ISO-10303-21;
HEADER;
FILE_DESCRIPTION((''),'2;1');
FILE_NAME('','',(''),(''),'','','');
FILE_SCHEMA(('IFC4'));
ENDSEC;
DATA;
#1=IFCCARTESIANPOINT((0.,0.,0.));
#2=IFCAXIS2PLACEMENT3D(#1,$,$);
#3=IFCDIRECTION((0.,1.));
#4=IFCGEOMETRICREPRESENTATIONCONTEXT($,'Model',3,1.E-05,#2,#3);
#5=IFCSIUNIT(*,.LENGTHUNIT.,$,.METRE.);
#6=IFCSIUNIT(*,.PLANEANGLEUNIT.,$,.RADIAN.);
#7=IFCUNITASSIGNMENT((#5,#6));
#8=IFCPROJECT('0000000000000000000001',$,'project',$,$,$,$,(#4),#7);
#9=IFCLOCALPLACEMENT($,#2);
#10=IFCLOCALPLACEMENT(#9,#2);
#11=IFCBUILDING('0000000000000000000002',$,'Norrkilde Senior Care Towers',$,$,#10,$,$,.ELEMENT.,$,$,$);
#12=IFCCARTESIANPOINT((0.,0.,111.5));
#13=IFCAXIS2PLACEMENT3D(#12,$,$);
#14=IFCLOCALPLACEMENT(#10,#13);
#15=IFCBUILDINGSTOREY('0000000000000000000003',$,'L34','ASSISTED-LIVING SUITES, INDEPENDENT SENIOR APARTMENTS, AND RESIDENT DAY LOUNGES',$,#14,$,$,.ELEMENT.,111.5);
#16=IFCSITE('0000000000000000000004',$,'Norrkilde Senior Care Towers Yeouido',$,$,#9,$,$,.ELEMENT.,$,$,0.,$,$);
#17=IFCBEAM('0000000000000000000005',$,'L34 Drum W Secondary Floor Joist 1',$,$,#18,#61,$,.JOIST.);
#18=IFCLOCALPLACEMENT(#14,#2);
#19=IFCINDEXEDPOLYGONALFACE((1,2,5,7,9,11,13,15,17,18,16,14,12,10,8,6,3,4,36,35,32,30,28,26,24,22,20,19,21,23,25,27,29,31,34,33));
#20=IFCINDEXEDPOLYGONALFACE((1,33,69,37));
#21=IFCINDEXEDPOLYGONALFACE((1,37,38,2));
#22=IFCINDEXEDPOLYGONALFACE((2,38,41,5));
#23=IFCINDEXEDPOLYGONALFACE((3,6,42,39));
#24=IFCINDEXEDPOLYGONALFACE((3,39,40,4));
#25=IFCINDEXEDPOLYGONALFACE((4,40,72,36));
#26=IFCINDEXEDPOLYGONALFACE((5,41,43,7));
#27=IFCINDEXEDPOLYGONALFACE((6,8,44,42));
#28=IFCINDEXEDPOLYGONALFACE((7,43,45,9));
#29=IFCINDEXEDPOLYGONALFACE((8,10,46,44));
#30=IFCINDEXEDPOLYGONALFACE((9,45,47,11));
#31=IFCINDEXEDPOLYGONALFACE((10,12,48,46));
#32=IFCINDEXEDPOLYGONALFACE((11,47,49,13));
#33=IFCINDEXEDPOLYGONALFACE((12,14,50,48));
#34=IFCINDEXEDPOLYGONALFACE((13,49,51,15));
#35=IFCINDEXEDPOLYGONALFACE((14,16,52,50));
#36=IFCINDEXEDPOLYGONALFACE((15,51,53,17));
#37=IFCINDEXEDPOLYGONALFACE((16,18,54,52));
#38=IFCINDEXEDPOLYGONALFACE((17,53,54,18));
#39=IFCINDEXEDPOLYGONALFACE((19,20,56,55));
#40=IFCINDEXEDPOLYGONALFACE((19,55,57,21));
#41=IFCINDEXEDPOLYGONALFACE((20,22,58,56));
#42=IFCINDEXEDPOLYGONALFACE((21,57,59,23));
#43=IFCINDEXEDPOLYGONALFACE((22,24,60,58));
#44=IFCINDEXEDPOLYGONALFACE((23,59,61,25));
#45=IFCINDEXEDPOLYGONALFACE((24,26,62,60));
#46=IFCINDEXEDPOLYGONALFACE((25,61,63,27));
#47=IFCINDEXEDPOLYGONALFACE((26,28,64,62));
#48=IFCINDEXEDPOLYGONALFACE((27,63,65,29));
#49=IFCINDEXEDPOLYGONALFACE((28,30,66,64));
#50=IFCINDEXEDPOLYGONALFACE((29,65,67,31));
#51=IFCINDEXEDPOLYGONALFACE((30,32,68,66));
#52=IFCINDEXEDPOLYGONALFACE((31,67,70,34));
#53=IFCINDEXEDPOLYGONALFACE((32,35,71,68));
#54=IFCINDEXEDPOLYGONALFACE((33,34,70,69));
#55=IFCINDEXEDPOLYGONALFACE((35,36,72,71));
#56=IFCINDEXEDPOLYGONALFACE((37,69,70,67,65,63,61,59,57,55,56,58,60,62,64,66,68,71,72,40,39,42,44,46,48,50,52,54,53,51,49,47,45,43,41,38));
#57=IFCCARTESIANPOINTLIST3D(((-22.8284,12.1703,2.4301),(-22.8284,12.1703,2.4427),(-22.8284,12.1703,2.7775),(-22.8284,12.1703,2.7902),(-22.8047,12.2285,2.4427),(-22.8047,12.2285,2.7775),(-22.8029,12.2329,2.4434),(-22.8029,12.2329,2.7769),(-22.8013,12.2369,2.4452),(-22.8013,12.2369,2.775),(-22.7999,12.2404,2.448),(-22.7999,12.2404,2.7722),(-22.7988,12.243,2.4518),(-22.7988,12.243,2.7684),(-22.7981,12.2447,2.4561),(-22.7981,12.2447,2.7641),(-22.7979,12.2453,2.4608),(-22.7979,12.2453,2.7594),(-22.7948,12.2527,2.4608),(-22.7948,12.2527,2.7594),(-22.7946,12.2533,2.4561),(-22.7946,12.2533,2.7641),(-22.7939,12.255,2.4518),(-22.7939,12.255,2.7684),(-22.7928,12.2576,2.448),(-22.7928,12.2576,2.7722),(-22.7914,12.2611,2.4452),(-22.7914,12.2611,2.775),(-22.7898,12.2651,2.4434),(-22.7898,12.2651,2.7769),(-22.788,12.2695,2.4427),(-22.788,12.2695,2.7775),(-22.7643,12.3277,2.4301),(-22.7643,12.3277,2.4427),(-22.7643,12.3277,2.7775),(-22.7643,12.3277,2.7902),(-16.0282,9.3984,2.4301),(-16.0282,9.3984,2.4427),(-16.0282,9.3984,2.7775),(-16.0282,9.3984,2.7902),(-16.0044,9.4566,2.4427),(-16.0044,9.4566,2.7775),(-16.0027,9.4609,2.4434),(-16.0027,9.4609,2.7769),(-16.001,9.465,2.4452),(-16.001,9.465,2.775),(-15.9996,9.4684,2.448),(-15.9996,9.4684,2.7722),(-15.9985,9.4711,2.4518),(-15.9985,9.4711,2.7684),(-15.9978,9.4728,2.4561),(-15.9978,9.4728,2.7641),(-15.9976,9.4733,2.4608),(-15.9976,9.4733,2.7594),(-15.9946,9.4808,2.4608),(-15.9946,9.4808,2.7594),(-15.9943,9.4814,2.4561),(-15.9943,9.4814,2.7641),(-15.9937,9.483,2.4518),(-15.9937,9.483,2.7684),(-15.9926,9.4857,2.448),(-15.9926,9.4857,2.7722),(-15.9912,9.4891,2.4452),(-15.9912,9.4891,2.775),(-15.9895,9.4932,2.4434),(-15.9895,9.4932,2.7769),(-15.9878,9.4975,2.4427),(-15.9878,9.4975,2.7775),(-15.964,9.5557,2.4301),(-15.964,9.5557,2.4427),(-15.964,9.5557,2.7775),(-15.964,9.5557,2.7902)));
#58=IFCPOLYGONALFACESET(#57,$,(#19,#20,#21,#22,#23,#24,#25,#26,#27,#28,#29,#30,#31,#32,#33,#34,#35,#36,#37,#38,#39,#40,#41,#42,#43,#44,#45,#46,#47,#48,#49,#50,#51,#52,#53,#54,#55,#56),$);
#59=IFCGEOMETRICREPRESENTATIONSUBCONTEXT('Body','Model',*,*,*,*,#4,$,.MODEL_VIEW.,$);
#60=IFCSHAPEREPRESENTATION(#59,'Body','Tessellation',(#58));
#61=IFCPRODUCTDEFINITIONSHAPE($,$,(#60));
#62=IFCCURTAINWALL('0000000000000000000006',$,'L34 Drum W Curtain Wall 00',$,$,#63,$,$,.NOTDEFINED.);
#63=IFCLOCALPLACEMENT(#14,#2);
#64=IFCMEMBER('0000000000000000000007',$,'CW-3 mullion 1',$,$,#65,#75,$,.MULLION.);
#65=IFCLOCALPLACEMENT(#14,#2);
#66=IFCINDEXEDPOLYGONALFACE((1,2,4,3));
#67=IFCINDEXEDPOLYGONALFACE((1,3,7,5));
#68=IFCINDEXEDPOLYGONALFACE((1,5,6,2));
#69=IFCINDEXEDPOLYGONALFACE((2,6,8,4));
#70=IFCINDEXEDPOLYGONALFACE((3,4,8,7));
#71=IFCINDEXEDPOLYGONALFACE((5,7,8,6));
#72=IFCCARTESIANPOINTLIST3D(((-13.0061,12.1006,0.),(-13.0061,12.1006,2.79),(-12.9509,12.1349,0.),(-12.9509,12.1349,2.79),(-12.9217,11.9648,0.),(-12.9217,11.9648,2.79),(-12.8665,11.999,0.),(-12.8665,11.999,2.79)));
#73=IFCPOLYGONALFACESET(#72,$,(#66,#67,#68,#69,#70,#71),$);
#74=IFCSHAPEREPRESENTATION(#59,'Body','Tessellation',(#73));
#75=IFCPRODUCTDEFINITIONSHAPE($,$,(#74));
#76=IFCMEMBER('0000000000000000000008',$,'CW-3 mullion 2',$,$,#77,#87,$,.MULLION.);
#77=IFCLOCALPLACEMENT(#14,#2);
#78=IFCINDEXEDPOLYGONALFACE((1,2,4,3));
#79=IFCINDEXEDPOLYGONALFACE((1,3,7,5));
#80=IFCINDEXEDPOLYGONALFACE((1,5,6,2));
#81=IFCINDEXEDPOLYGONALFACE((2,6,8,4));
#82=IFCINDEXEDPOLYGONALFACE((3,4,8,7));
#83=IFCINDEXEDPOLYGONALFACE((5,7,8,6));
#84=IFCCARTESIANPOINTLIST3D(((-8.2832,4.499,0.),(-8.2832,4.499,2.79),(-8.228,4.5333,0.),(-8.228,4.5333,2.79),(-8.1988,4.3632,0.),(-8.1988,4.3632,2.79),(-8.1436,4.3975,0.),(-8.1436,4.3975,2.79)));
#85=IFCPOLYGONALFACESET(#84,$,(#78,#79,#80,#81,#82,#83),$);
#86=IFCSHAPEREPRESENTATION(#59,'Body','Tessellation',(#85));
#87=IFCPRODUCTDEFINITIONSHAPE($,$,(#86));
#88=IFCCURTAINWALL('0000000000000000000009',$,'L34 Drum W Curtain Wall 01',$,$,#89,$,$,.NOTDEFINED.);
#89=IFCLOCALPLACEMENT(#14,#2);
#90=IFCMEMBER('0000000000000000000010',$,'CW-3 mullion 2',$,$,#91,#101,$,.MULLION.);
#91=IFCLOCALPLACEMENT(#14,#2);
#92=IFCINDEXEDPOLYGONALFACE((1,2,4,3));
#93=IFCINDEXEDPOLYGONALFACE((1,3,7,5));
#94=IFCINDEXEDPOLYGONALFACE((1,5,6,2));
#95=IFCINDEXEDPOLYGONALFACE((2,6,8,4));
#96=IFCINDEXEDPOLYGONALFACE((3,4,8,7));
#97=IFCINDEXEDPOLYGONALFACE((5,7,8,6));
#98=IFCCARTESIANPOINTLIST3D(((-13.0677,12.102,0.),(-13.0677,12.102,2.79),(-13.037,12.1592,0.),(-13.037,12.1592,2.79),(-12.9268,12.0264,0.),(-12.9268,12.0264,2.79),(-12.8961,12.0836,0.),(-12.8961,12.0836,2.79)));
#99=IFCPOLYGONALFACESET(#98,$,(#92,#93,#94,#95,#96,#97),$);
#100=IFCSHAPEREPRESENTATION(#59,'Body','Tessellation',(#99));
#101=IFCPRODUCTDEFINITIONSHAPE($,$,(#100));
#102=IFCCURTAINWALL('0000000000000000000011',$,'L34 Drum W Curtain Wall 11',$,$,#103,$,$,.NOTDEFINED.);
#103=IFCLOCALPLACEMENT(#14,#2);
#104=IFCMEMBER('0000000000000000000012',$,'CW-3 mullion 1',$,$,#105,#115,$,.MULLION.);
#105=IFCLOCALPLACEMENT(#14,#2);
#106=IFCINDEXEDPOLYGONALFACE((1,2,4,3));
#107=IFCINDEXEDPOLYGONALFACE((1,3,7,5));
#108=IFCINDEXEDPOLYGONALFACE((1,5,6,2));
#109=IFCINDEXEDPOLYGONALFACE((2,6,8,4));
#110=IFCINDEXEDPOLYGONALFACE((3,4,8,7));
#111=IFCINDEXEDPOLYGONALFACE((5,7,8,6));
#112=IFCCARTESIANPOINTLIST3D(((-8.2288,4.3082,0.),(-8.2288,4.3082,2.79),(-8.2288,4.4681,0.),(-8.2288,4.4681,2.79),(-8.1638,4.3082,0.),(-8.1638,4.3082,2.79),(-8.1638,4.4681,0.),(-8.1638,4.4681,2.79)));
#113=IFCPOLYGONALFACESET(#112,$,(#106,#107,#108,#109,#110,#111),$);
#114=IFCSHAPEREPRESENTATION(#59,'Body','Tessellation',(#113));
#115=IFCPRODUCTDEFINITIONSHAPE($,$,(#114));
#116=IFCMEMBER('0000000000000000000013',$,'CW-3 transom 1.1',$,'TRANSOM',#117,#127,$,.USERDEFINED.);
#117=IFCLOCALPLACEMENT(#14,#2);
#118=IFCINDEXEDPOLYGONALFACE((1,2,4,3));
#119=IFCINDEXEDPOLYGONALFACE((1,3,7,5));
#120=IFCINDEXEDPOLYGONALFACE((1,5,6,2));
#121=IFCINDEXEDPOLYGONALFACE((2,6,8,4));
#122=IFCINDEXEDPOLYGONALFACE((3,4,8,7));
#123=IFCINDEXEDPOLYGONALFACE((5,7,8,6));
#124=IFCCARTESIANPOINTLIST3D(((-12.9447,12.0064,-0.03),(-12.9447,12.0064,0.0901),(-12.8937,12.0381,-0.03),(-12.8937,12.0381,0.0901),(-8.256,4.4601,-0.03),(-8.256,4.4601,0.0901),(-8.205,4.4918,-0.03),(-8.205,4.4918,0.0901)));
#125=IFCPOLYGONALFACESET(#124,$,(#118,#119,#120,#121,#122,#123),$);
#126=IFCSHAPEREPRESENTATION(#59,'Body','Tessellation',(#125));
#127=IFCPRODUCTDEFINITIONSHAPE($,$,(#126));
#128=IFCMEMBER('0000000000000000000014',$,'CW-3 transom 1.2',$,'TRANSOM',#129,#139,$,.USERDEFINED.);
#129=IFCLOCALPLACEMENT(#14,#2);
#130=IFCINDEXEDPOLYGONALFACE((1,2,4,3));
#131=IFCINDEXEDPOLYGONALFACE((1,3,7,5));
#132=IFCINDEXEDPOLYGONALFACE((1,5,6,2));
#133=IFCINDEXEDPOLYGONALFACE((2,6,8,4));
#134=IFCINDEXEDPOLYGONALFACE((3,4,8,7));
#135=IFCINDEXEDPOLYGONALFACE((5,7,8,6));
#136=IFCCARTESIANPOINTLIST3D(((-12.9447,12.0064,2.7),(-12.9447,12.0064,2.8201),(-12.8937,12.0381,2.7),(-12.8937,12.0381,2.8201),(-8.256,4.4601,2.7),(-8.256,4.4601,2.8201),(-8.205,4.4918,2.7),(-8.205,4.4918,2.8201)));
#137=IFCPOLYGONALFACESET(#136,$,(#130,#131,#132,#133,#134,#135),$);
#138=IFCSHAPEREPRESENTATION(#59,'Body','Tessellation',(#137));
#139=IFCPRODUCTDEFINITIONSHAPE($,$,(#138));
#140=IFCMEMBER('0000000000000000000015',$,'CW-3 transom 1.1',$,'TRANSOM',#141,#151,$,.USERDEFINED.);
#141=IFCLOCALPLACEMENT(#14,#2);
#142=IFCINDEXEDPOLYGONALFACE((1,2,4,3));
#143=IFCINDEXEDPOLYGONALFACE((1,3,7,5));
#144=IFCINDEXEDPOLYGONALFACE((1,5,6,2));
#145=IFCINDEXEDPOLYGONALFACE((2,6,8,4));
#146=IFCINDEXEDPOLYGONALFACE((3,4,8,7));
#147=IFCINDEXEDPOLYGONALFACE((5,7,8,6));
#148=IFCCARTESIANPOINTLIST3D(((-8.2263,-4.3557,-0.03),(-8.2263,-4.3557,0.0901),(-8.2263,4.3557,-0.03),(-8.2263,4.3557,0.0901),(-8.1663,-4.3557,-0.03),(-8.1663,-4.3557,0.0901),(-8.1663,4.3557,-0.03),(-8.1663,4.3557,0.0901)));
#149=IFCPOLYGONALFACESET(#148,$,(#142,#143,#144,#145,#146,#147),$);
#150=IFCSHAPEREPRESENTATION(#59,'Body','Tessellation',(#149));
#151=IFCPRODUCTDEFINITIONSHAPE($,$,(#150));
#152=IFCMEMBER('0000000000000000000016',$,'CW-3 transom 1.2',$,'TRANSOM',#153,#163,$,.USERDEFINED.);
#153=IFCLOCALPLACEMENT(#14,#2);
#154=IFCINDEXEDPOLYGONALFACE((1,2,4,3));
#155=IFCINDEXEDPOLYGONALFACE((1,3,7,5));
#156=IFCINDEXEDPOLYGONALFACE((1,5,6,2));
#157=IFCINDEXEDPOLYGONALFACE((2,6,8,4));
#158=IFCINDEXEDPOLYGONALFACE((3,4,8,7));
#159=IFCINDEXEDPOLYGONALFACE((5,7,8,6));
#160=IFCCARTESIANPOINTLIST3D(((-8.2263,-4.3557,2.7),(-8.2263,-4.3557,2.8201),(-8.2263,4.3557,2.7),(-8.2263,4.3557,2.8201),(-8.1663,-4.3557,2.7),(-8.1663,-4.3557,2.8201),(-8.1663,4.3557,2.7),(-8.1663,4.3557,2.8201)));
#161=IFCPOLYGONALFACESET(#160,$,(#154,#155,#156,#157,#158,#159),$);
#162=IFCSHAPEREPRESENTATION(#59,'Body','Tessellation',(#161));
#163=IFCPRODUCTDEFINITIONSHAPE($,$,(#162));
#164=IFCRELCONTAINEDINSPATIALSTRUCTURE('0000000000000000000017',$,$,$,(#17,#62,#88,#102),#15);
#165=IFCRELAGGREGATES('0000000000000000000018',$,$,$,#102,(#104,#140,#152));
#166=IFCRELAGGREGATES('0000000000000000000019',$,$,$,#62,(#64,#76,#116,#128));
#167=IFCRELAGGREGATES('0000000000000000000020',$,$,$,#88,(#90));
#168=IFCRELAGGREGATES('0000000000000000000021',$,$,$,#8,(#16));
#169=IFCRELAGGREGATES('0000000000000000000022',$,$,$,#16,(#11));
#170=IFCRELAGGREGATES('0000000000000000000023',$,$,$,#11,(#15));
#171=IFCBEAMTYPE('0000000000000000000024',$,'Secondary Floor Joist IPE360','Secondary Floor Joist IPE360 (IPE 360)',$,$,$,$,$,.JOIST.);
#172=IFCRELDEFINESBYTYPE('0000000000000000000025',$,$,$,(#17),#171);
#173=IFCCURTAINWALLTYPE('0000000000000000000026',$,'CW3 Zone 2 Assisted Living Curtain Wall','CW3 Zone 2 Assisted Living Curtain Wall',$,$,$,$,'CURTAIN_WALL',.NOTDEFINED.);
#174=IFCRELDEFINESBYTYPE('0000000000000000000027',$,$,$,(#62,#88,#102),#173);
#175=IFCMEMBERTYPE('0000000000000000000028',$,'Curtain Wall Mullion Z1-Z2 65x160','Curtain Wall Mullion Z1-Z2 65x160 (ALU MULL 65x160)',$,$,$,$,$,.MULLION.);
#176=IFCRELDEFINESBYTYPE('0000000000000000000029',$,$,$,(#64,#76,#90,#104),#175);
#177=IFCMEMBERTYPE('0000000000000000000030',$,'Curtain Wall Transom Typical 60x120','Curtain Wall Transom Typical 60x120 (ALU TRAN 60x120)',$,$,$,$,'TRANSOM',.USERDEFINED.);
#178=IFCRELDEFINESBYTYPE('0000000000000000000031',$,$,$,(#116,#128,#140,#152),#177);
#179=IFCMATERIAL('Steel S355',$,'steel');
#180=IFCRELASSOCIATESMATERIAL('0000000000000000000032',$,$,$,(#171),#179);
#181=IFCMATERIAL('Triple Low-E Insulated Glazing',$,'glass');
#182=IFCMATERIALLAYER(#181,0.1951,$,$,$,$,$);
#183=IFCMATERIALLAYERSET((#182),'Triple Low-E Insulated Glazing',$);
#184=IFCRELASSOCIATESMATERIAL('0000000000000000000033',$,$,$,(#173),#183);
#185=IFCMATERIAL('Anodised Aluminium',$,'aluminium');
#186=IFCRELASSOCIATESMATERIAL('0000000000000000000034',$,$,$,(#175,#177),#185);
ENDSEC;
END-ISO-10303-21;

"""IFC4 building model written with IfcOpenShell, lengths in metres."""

from ifc_helpers import new_model, si_unit, direction, frame, origin, origin_2d, place, context, subcontext, project, spatial, rectangle, i_section, extrude, source, transform, mapped, material, layer, layer_set, material_profile, profile_set, type_object, type_shapes, element, aggregate, save


model = new_model("IFC4")

# Units and contexts
model_context = context("Model", 3, precision=1e-05, world=origin(), true_north=direction((0.0, 1.0)))
body_context = subcontext(model_context, "Body", "Model", "MODEL_VIEW")
ifc_project = project(units=[si_unit("LENGTHUNIT", "METRE"), si_unit("PLANEANGLEUNIT", "RADIAN")], contexts=[model_context])

# Site, building, storey
site_placement = place(None, origin())
site = spatial("IfcSite", under=ifc_project, at=site_placement, Name="Norrkilde Senior Care Towers Yeouido", CompositionType="ELEMENT", RefElevation=0.0)
building_placement = place(site_placement, origin())
building = spatial("IfcBuilding", under=site, at=building_placement, Name="Norrkilde Senior Care Towers", CompositionType="ELEMENT")
storey_placement = place(building_placement, frame((0.0, 0.0, 111.5)))
storey = spatial("IfcBuildingStorey", under=building, at=storey_placement, Name="L34", Description="ASSISTED-LIVING SUITES, INDEPENDENT SENIOR APARTMENTS, AND RESIDENT DAY LOUNGES", CompositionType="ELEMENT", Elevation=111.5)

# Beam
ifc_material_1 = material(Name="Steel S355", Category="steel")
ifc_material_profile_1 = material_profile(ifc_material_1, i_section(OverallWidth=0.1699, OverallDepth=0.3601, WebThickness=0.0081, FlangeThickness=0.0127, FilletRadius=0.0181, at=origin_2d()), Name="IPE 360")
ifc_profile_set_1 = profile_set([ifc_material_profile_1], Name="Steel S355")
beam_type_1 = type_object("IfcBeamType", Name="Secondary Floor Joist IPE360", Description="Secondary Floor Joist IPE360 (IPE 360)", PredefinedType="JOIST", material=ifc_profile_set_1)
shared_shape_1 = source(origin(), body_context, "Body", "SweptSolid", [
    extrude(i_section(OverallWidth=0.1699, OverallDepth=0.3601, WebThickness=0.0081, FlangeThickness=0.0127, FilletRadius=0.0181, at=origin_2d()), origin(), (0.0, 0.0, 1.0), 7.3435),
])
type_shapes(beam_type_1, [shared_shape_1])
beam_1_placement = place(storey_placement, frame((-15.9961, 9.4771, 2.6101), z_axis=(-0.926022, 0.37747, 0.0), x_axis=(-0.37747, -0.926022, 0.0)))
element("IfcBeam", 1, at=beam_1_placement, inside=storey, type_object=beam_type_1, Name="L34 Drum W Secondary Floor Joist 1", PredefinedType="JOIST", context=body_context, shape_type="MappedRepresentation", body=[
    mapped(shared_shape_1, transform((0.0, 0.0, 0.0), x_axis=(1.0, 0.0, 0.0), y_axis=(0.0, 1.0, 0.0), z_axis=(0.0, 0.0, 1.0), scale=1.0)),
])

# Curtain wall, members
ifc_material_2 = material(Name="Triple Low-E Insulated Glazing", Category="glass")
ifc_layer_1 = layer(ifc_material_2, 0.1951)
ifc_layer_set_1 = layer_set([ifc_layer_1], Name="Triple Low-E Insulated Glazing")
curtain_wall_type = type_object("IfcCurtainWallType", Name="CW3 Zone 2 Assisted Living Curtain Wall", Description="CW3 Zone 2 Assisted Living Curtain Wall", ElementType="CURTAIN_WALL", PredefinedType="NOTDEFINED", material=ifc_layer_set_1)
curtain_wall_1_placement = place(storey_placement, origin())
curtain_wall_1 = element("IfcCurtainWall", 2, at=curtain_wall_1_placement, inside=storey, type_object=curtain_wall_type, Name="L34 Drum W Curtain Wall 00", PredefinedType="NOTDEFINED")
ifc_material_3 = material(Name="Anodised Aluminium", Category="aluminium")
ifc_material_profile_2 = material_profile(ifc_material_3, rectangle(XDim=0.0649, YDim=0.1599, at=origin_2d()), Name="ALU MULL 65x160")
ifc_profile_set_2 = profile_set([ifc_material_profile_2], Name="Anodised Aluminium")
member_type_1 = type_object("IfcMemberType", Name="Curtain Wall Mullion Z1-Z2 65x160", Description="Curtain Wall Mullion Z1-Z2 65x160 (ALU MULL 65x160)", PredefinedType="MULLION", material=ifc_profile_set_2)
shared_shape_2 = source(origin(), body_context, "Body", "SweptSolid", [
    extrude(rectangle(XDim=0.0649, YDim=0.1599, at=origin_2d()), origin(), (0.0, 0.0, 1.0), 2.79),
])
type_shapes(member_type_1, [shared_shape_2])
member_1_placement = place(storey_placement, frame((-12.9363, 12.0498, 0.0), z_axis=(0.0, 0.0, 1.0), x_axis=(0.84941, 0.527733, 0.0)))
member_1 = element("IfcMember", 3, at=member_1_placement, type_object=member_type_1, Name="CW-3 mullion 1", PredefinedType="MULLION", context=body_context, shape_type="MappedRepresentation", body=[
    mapped(shared_shape_2, transform((0.0, 0.0, 0.0), x_axis=(1.0, 0.0, 0.0), y_axis=(0.0, 1.0, 0.0), z_axis=(0.0, 0.0, 1.0), scale=1.0)),
])
member_2_placement = place(storey_placement, frame((-8.2134, 4.4482, 0.0), z_axis=(0.0, 0.0, 1.0), x_axis=(0.84941, 0.527733, 0.0)))
member_2 = element("IfcMember", 4, at=member_2_placement, type_object=member_type_1, Name="CW-3 mullion 2", PredefinedType="MULLION", context=body_context, shape_type="MappedRepresentation", body=[
    mapped(shared_shape_2, transform((0.0, 0.0, 0.0), x_axis=(1.0, 0.0, 0.0), y_axis=(0.0, 1.0, 0.0), z_axis=(0.0, 0.0, 1.0), scale=1.0)),
])

# Curtain walls, members
curtain_wall_2_placement = place(storey_placement, origin())
curtain_wall_2 = element("IfcCurtainWall", 5, at=curtain_wall_2_placement, inside=storey, type_object=curtain_wall_type, Name="L34 Drum W Curtain Wall 01", PredefinedType="NOTDEFINED")
member_3_placement = place(storey_placement, frame((-12.9819, 12.0928, 0.0), z_axis=(0.0, 0.0, 1.0), x_axis=(0.472769, 0.881186, 0.0)))
member_3 = element("IfcMember", 6, at=member_3_placement, type_object=member_type_1, Name="CW-3 mullion 2", PredefinedType="MULLION", context=body_context, shape_type="MappedRepresentation", body=[
    mapped(shared_shape_2, transform((0.0, 0.0, 0.0), x_axis=(1.0, 0.0, 0.0), y_axis=(0.0, 1.0, 0.0), z_axis=(0.0, 0.0, 1.0), scale=1.0)),
])
curtain_wall_3_placement = place(storey_placement, origin())
curtain_wall_3 = element("IfcCurtainWall", 7, at=curtain_wall_3_placement, inside=storey, type_object=curtain_wall_type, Name="L34 Drum W Curtain Wall 11", PredefinedType="NOTDEFINED")
member_4_placement = place(storey_placement, frame((-8.1963, 4.3882, 0.0), z_axis=(0.0, 0.0, 1.0), x_axis=(1.0, 0.0, 0.0)))
member_4 = element("IfcMember", 8, at=member_4_placement, type_object=member_type_1, Name="CW-3 mullion 1", PredefinedType="MULLION", context=body_context, shape_type="MappedRepresentation", body=[
    mapped(shared_shape_2, transform((0.0, 0.0, 0.0), x_axis=(1.0, 0.0, 0.0), y_axis=(0.0, 1.0, 0.0), z_axis=(0.0, 0.0, 1.0), scale=1.0)),
])

# Members
ifc_material_profile_3 = material_profile(ifc_material_3, rectangle(XDim=0.0601, YDim=0.1201, at=origin_2d()), Name="ALU TRAN 60x120")
ifc_profile_set_3 = profile_set([ifc_material_profile_3], Name="Anodised Aluminium")
member_type_2 = type_object("IfcMemberType", Name="Curtain Wall Transom Typical 60x120", Description="Curtain Wall Transom Typical 60x120 (ALU TRAN 60x120)", ElementType="TRANSOM", PredefinedType="USERDEFINED", material=ifc_profile_set_3)
shared_shape_3 = source(origin(), body_context, "Body", "SweptSolid", [
    extrude(rectangle(XDim=0.0601, YDim=0.1201, at=origin_2d()), origin(), (0.0, 0.0, 1.0), 8.8843),
])
member_5_placement = place(storey_placement, frame((-12.9192, 12.0222, 0.03), z_axis=(0.527749, -0.8494, 0.0), x_axis=(0.8494, 0.527749, 0.0)))
member_5 = element("IfcMember", 9, at=member_5_placement, type_object=member_type_2, Name="CW-3 transom 1.1", ObjectType="TRANSOM", PredefinedType="USERDEFINED", context=body_context, shape_type="MappedRepresentation", body=[
    mapped(shared_shape_3, transform((0.0, 0.0, 0.0), x_axis=(1.0, 0.0, 0.0), y_axis=(0.0, 1.0, 0.0), z_axis=(0.0, 0.0, 1.0), scale=1.0)),
])
member_6_placement = place(storey_placement, frame((-12.9192, 12.0222, 2.76), z_axis=(0.527749, -0.8494, 0.0), x_axis=(0.8494, 0.527749, 0.0)))
member_6 = element("IfcMember", 10, at=member_6_placement, type_object=member_type_2, Name="CW-3 transom 1.2", ObjectType="TRANSOM", PredefinedType="USERDEFINED", context=body_context, shape_type="MappedRepresentation", body=[
    mapped(shared_shape_3, transform((0.0, 0.0, 0.0), x_axis=(1.0, 0.0, 0.0), y_axis=(0.0, 1.0, 0.0), z_axis=(0.0, 0.0, 1.0), scale=1.0)),
])
shared_shape_4 = source(origin(), body_context, "Body", "SweptSolid", [
    extrude(rectangle(XDim=0.0601, YDim=0.1201, at=origin_2d()), origin(), (0.0, 0.0, 1.0), 8.7114),
])
type_shapes(member_type_2, [shared_shape_3, shared_shape_4])
member_7_placement = place(storey_placement, frame((-8.1963, 4.3557, 0.03), z_axis=(0.0, -1.0, 0.0), x_axis=(1.0, 0.0, 0.0)))
member_7 = element("IfcMember", 11, at=member_7_placement, type_object=member_type_2, Name="CW-3 transom 1.1", ObjectType="TRANSOM", PredefinedType="USERDEFINED", context=body_context, shape_type="MappedRepresentation", body=[
    mapped(shared_shape_4, transform((0.0, 0.0, 0.0), x_axis=(1.0, 0.0, 0.0), y_axis=(0.0, 1.0, 0.0), z_axis=(0.0, 0.0, 1.0), scale=1.0)),
])
member_8_placement = place(storey_placement, frame((-8.1963, 4.3557, 2.76), z_axis=(0.0, -1.0, 0.0), x_axis=(1.0, 0.0, 0.0)))
member_8 = element("IfcMember", 12, at=member_8_placement, type_object=member_type_2, Name="CW-3 transom 1.2", ObjectType="TRANSOM", PredefinedType="USERDEFINED", context=body_context, shape_type="MappedRepresentation", body=[
    mapped(shared_shape_4, transform((0.0, 0.0, 0.0), x_axis=(1.0, 0.0, 0.0), y_axis=(0.0, 1.0, 0.0), z_axis=(0.0, 0.0, 1.0), scale=1.0)),
])
aggregate(curtain_wall_3, [member_4, member_7, member_8])

aggregate(curtain_wall_1, [member_1, member_2, member_5, member_6])
aggregate(curtain_wall_2, [member_3])

save(model, "model.ifc")
